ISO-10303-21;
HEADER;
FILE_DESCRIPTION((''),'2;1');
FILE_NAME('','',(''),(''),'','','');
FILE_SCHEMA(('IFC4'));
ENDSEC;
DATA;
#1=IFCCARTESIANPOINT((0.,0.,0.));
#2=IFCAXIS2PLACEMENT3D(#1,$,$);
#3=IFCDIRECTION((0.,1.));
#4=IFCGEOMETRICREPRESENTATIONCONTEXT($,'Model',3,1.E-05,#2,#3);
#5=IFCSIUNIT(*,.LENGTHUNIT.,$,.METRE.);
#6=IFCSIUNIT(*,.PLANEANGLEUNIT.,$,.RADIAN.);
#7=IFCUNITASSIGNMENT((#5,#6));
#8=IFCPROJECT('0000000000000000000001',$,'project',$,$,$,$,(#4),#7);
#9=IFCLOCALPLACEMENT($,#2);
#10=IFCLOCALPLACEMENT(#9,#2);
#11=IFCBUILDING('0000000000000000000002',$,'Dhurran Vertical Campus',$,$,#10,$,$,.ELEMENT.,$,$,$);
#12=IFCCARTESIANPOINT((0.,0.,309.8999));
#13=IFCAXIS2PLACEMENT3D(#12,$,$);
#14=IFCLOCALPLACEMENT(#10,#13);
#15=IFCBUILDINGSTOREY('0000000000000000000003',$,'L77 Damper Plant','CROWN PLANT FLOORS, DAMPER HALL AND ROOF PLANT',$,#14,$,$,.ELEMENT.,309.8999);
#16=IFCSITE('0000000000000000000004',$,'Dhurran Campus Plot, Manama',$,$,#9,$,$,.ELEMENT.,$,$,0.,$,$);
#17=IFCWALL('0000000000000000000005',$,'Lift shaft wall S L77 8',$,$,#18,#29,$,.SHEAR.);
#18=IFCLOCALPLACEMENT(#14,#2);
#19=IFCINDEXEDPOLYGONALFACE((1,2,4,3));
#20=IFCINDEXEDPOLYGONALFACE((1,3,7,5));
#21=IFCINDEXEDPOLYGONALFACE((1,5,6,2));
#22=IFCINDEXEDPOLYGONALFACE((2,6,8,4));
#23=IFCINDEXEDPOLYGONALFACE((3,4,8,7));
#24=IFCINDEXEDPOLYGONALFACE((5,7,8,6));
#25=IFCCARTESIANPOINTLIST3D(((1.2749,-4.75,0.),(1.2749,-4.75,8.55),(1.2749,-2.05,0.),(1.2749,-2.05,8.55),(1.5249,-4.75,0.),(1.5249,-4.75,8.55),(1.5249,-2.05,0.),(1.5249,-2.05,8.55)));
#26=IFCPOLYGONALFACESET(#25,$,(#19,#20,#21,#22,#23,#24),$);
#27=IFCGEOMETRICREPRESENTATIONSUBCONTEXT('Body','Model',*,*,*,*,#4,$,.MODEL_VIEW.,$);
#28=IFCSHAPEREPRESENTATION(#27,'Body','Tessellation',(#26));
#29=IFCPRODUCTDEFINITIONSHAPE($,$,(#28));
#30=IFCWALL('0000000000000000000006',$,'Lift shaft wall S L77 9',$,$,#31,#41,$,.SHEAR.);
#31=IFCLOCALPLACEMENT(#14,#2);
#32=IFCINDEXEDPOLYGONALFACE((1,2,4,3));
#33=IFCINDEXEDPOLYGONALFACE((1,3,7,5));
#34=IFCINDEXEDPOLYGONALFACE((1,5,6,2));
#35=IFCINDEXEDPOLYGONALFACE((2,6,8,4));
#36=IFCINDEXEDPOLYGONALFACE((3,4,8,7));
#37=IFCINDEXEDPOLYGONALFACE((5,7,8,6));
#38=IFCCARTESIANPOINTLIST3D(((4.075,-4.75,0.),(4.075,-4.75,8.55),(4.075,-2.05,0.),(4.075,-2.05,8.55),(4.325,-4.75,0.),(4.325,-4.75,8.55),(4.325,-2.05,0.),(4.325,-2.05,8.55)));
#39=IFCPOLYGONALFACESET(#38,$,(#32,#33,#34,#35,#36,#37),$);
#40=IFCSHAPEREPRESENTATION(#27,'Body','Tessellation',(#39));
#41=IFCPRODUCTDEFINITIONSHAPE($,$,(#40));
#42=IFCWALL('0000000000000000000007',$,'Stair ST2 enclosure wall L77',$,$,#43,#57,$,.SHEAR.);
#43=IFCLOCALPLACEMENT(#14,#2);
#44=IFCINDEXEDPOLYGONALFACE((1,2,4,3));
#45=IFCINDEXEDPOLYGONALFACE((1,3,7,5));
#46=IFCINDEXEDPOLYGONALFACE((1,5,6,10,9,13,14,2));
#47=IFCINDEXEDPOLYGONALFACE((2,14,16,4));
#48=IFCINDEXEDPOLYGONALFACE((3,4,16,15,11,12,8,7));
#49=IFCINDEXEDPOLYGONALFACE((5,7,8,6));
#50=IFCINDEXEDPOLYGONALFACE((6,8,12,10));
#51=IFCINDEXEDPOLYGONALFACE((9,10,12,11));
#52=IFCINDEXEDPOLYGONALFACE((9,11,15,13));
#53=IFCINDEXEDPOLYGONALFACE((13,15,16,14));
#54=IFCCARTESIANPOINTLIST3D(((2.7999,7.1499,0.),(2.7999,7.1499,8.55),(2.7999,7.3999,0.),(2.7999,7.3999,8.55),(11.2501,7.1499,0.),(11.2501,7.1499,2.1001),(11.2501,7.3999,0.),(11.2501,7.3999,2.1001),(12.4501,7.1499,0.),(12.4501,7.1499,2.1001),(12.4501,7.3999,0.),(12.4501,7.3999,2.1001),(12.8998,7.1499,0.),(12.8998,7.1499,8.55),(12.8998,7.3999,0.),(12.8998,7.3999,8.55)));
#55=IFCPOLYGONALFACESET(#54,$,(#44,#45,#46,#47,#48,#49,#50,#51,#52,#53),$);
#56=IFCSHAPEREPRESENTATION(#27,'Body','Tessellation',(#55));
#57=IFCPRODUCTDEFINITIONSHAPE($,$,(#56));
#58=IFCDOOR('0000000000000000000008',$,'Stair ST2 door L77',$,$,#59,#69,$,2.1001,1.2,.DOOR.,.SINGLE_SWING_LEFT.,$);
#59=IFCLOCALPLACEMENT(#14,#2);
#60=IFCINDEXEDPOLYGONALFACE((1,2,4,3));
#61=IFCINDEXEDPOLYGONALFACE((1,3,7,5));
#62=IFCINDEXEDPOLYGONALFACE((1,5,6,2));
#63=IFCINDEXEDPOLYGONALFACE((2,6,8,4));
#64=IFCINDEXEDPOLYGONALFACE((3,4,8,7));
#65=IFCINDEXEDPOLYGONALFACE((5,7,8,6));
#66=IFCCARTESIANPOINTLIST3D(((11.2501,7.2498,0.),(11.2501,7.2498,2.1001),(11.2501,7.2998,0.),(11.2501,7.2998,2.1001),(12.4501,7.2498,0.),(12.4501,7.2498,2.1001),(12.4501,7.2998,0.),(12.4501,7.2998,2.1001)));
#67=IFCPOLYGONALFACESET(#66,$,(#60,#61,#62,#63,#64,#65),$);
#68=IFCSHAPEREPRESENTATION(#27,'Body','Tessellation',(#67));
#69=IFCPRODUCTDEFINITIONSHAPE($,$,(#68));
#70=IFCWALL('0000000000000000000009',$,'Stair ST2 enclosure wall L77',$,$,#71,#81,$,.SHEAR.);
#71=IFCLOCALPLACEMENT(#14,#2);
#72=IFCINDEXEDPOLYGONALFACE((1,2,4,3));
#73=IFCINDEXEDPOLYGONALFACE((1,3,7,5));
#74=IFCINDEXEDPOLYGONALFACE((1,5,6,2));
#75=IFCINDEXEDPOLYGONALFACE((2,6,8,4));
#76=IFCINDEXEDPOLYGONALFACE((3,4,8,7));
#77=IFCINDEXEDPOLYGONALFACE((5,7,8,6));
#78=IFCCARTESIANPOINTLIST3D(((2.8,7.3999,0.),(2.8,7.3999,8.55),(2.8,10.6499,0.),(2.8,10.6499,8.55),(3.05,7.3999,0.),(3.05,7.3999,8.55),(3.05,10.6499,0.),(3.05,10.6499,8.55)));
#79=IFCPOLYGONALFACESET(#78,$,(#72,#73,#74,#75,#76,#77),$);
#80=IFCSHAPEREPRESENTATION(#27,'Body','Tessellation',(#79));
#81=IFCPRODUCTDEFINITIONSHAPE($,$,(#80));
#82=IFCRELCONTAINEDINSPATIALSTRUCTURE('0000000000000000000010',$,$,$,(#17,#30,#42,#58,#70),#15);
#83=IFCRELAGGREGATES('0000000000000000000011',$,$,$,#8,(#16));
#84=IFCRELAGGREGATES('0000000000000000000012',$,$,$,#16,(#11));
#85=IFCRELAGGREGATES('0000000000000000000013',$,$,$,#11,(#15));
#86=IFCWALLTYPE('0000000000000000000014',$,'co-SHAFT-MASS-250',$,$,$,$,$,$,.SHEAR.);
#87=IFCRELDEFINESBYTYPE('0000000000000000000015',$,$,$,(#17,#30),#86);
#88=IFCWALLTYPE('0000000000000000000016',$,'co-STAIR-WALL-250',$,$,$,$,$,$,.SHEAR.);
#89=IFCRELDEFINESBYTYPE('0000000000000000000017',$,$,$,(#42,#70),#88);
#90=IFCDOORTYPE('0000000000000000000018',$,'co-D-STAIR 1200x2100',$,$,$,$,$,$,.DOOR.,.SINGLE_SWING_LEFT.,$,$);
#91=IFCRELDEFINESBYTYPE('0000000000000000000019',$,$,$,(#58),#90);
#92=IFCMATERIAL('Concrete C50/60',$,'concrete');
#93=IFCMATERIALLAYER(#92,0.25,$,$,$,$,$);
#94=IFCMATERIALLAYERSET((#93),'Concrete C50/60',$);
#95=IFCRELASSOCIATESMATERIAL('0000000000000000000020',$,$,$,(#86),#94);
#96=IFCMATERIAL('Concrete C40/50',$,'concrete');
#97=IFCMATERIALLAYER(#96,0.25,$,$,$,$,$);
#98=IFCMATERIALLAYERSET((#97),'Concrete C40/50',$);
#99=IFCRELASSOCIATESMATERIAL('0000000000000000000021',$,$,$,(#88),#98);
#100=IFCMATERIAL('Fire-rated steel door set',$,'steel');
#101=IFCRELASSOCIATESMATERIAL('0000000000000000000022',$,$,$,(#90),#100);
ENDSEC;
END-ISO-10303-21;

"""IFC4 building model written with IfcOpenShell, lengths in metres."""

from ifc_helpers import new_model, si_unit, direction, frame, frame_2d, origin, place, context, subcontext, project, spatial, polyline, rectangle, outline, extrude, material, layer, layer_set, type_object, element, fill, save


model = new_model("IFC4")

# Units and contexts
model_context = context("Model", 3, precision=1e-05, world=origin(), true_north=direction((0.0, 1.0)))
body_context = subcontext(model_context, "Body", "Model", "MODEL_VIEW")
ifc_project = project(units=[si_unit("LENGTHUNIT", "METRE"), si_unit("PLANEANGLEUNIT", "RADIAN")], contexts=[model_context])

# Site, building, storey
site_placement = place(None, origin())
site = spatial("IfcSite", under=ifc_project, at=site_placement, Name="Dhurran Campus Plot, Manama", CompositionType="ELEMENT", RefElevation=0.0)
building_placement = place(site_placement, origin())
building = spatial("IfcBuilding", under=site, at=building_placement, Name="Dhurran Vertical Campus", CompositionType="ELEMENT")
storey_placement = place(building_placement, frame((0.0, 0.0, 309.8999)))
storey = spatial("IfcBuildingStorey", under=building, at=storey_placement, Name="L77 Damper Plant", Description="CROWN PLANT FLOORS, DAMPER HALL AND ROOF PLANT", CompositionType="ELEMENT", Elevation=309.8999)

# Walls
ifc_material_1 = material(Name="Concrete C50/60", Category="concrete")
ifc_layer_1 = layer(ifc_material_1, 0.25)
ifc_layer_set_1 = layer_set([ifc_layer_1], Name="Concrete C50/60")
wall_type_1 = type_object("IfcWallType", Name="co-SHAFT-MASS-250", PredefinedType="SHEAR", material=ifc_layer_set_1)
wall_1_placement = place(storey_placement, origin())
element("IfcWall", 1, at=wall_1_placement, inside=storey, type_object=wall_type_1, Name="Lift shaft wall S L77 8", PredefinedType="SHEAR", context=body_context, shape_type="SweptSolid", body=[
    extrude(outline(polyline([(1.2749, -4.75), (1.5249, -4.75), (1.5249, -2.05), (1.2749, -2.05), (1.2749, -4.75)])), origin(), (0.0, 0.0, 1.0), 8.55),
])
wall_2_placement = place(storey_placement, origin())
element("IfcWall", 2, at=wall_2_placement, inside=storey, type_object=wall_type_1, Name="Lift shaft wall S L77 9", PredefinedType="SHEAR", context=body_context, shape_type="SweptSolid", body=[
    extrude(outline(polyline([(4.075, -4.75), (4.325, -4.75), (4.325, -2.05), (4.075, -2.05), (4.075, -4.75)])), origin(), (0.0, 0.0, 1.0), 8.55),
])

# Wall, opening, door
ifc_material_2 = material(Name="Concrete C40/50", Category="concrete")
ifc_layer_2 = layer(ifc_material_2, 0.25)
ifc_layer_set_2 = layer_set([ifc_layer_2], Name="Concrete C40/50")
wall_type_2 = type_object("IfcWallType", Name="co-STAIR-WALL-250", PredefinedType="SHEAR", material=ifc_layer_set_2)
wall_3_placement = place(storey_placement, frame((2.8, 7.2749, 0.0), z_axis=(0.0, 0.0, 1.0), x_axis=(1.0, 0.0, 0.0)))
wall_3 = element("IfcWall", 3, at=wall_3_placement, inside=storey, type_object=wall_type_2, Name="Stair ST2 enclosure wall L77", PredefinedType="SHEAR", context=body_context, shape_type="SweptSolid", body=[
    extrude(rectangle(XDim=10.0999, YDim=0.25, at=frame_2d((5.0498, 0.0))), origin(), (0.0, 0.0, 1.0), 8.55),
])
opening_1_placement = place(wall_3_placement, frame((8.45, 0.0, 0.0)))
opening_1 = element("IfcOpeningElement", 4, at=opening_1_placement, cuts=wall_3, PredefinedType="OPENING", context=body_context, shape_type="SweptSolid", body=[
    extrude(rectangle(XDim=1.2, YDim=2.1001, at=frame_2d((0.6001, 1.05))), frame((0.0, 0.135, 0.0), z_axis=(0.0, -1.0, 0.0), x_axis=(1.0, 0.0, 0.0)), (0.0, 0.0, 1.0), 0.27),
])
ifc_material_3 = material(Name="Fire-rated steel door set", Category="steel")
door_type_1 = type_object("IfcDoorType", Name="co-D-STAIR 1200x2100", OperationType="SINGLE_SWING_LEFT", PredefinedType="DOOR", material=ifc_material_3)
door_1_placement = place(opening_1_placement, origin())
door_1 = element("IfcDoor", 5, at=door_1_placement, inside=storey, type_object=door_type_1, Name="Stair ST2 door L77", OperationType="SINGLE_SWING_LEFT", OverallHeight=2.1001, OverallWidth=1.2, PredefinedType="DOOR", context=body_context, shape_type="SweptSolid", body=[
    extrude(rectangle(XDim=1.2, YDim=2.1001, at=frame_2d((0.6001, 1.05))), frame((0.0, 0.0249, 0.0), z_axis=(0.0, -1.0, 0.0), x_axis=(1.0, 0.0, 0.0)), (0.0, 0.0, 1.0), 0.05),
])
fill(opening_1, door_1)

# Wall
wall_4_placement = place(storey_placement, frame((2.925, 7.3999, 0.0), z_axis=(0.0, 0.0, 1.0), x_axis=(0.0, 1.0, 0.0)))
element("IfcWall", 6, at=wall_4_placement, inside=storey, type_object=wall_type_2, Name="Stair ST2 enclosure wall L77", PredefinedType="SHEAR", context=body_context, shape_type="SweptSolid", body=[
    extrude(rectangle(XDim=3.25, YDim=0.25, at=frame_2d((1.625, 0.0))), origin(), (0.0, 0.0, 1.0), 8.55),
])

save(model, "model.ifc")
